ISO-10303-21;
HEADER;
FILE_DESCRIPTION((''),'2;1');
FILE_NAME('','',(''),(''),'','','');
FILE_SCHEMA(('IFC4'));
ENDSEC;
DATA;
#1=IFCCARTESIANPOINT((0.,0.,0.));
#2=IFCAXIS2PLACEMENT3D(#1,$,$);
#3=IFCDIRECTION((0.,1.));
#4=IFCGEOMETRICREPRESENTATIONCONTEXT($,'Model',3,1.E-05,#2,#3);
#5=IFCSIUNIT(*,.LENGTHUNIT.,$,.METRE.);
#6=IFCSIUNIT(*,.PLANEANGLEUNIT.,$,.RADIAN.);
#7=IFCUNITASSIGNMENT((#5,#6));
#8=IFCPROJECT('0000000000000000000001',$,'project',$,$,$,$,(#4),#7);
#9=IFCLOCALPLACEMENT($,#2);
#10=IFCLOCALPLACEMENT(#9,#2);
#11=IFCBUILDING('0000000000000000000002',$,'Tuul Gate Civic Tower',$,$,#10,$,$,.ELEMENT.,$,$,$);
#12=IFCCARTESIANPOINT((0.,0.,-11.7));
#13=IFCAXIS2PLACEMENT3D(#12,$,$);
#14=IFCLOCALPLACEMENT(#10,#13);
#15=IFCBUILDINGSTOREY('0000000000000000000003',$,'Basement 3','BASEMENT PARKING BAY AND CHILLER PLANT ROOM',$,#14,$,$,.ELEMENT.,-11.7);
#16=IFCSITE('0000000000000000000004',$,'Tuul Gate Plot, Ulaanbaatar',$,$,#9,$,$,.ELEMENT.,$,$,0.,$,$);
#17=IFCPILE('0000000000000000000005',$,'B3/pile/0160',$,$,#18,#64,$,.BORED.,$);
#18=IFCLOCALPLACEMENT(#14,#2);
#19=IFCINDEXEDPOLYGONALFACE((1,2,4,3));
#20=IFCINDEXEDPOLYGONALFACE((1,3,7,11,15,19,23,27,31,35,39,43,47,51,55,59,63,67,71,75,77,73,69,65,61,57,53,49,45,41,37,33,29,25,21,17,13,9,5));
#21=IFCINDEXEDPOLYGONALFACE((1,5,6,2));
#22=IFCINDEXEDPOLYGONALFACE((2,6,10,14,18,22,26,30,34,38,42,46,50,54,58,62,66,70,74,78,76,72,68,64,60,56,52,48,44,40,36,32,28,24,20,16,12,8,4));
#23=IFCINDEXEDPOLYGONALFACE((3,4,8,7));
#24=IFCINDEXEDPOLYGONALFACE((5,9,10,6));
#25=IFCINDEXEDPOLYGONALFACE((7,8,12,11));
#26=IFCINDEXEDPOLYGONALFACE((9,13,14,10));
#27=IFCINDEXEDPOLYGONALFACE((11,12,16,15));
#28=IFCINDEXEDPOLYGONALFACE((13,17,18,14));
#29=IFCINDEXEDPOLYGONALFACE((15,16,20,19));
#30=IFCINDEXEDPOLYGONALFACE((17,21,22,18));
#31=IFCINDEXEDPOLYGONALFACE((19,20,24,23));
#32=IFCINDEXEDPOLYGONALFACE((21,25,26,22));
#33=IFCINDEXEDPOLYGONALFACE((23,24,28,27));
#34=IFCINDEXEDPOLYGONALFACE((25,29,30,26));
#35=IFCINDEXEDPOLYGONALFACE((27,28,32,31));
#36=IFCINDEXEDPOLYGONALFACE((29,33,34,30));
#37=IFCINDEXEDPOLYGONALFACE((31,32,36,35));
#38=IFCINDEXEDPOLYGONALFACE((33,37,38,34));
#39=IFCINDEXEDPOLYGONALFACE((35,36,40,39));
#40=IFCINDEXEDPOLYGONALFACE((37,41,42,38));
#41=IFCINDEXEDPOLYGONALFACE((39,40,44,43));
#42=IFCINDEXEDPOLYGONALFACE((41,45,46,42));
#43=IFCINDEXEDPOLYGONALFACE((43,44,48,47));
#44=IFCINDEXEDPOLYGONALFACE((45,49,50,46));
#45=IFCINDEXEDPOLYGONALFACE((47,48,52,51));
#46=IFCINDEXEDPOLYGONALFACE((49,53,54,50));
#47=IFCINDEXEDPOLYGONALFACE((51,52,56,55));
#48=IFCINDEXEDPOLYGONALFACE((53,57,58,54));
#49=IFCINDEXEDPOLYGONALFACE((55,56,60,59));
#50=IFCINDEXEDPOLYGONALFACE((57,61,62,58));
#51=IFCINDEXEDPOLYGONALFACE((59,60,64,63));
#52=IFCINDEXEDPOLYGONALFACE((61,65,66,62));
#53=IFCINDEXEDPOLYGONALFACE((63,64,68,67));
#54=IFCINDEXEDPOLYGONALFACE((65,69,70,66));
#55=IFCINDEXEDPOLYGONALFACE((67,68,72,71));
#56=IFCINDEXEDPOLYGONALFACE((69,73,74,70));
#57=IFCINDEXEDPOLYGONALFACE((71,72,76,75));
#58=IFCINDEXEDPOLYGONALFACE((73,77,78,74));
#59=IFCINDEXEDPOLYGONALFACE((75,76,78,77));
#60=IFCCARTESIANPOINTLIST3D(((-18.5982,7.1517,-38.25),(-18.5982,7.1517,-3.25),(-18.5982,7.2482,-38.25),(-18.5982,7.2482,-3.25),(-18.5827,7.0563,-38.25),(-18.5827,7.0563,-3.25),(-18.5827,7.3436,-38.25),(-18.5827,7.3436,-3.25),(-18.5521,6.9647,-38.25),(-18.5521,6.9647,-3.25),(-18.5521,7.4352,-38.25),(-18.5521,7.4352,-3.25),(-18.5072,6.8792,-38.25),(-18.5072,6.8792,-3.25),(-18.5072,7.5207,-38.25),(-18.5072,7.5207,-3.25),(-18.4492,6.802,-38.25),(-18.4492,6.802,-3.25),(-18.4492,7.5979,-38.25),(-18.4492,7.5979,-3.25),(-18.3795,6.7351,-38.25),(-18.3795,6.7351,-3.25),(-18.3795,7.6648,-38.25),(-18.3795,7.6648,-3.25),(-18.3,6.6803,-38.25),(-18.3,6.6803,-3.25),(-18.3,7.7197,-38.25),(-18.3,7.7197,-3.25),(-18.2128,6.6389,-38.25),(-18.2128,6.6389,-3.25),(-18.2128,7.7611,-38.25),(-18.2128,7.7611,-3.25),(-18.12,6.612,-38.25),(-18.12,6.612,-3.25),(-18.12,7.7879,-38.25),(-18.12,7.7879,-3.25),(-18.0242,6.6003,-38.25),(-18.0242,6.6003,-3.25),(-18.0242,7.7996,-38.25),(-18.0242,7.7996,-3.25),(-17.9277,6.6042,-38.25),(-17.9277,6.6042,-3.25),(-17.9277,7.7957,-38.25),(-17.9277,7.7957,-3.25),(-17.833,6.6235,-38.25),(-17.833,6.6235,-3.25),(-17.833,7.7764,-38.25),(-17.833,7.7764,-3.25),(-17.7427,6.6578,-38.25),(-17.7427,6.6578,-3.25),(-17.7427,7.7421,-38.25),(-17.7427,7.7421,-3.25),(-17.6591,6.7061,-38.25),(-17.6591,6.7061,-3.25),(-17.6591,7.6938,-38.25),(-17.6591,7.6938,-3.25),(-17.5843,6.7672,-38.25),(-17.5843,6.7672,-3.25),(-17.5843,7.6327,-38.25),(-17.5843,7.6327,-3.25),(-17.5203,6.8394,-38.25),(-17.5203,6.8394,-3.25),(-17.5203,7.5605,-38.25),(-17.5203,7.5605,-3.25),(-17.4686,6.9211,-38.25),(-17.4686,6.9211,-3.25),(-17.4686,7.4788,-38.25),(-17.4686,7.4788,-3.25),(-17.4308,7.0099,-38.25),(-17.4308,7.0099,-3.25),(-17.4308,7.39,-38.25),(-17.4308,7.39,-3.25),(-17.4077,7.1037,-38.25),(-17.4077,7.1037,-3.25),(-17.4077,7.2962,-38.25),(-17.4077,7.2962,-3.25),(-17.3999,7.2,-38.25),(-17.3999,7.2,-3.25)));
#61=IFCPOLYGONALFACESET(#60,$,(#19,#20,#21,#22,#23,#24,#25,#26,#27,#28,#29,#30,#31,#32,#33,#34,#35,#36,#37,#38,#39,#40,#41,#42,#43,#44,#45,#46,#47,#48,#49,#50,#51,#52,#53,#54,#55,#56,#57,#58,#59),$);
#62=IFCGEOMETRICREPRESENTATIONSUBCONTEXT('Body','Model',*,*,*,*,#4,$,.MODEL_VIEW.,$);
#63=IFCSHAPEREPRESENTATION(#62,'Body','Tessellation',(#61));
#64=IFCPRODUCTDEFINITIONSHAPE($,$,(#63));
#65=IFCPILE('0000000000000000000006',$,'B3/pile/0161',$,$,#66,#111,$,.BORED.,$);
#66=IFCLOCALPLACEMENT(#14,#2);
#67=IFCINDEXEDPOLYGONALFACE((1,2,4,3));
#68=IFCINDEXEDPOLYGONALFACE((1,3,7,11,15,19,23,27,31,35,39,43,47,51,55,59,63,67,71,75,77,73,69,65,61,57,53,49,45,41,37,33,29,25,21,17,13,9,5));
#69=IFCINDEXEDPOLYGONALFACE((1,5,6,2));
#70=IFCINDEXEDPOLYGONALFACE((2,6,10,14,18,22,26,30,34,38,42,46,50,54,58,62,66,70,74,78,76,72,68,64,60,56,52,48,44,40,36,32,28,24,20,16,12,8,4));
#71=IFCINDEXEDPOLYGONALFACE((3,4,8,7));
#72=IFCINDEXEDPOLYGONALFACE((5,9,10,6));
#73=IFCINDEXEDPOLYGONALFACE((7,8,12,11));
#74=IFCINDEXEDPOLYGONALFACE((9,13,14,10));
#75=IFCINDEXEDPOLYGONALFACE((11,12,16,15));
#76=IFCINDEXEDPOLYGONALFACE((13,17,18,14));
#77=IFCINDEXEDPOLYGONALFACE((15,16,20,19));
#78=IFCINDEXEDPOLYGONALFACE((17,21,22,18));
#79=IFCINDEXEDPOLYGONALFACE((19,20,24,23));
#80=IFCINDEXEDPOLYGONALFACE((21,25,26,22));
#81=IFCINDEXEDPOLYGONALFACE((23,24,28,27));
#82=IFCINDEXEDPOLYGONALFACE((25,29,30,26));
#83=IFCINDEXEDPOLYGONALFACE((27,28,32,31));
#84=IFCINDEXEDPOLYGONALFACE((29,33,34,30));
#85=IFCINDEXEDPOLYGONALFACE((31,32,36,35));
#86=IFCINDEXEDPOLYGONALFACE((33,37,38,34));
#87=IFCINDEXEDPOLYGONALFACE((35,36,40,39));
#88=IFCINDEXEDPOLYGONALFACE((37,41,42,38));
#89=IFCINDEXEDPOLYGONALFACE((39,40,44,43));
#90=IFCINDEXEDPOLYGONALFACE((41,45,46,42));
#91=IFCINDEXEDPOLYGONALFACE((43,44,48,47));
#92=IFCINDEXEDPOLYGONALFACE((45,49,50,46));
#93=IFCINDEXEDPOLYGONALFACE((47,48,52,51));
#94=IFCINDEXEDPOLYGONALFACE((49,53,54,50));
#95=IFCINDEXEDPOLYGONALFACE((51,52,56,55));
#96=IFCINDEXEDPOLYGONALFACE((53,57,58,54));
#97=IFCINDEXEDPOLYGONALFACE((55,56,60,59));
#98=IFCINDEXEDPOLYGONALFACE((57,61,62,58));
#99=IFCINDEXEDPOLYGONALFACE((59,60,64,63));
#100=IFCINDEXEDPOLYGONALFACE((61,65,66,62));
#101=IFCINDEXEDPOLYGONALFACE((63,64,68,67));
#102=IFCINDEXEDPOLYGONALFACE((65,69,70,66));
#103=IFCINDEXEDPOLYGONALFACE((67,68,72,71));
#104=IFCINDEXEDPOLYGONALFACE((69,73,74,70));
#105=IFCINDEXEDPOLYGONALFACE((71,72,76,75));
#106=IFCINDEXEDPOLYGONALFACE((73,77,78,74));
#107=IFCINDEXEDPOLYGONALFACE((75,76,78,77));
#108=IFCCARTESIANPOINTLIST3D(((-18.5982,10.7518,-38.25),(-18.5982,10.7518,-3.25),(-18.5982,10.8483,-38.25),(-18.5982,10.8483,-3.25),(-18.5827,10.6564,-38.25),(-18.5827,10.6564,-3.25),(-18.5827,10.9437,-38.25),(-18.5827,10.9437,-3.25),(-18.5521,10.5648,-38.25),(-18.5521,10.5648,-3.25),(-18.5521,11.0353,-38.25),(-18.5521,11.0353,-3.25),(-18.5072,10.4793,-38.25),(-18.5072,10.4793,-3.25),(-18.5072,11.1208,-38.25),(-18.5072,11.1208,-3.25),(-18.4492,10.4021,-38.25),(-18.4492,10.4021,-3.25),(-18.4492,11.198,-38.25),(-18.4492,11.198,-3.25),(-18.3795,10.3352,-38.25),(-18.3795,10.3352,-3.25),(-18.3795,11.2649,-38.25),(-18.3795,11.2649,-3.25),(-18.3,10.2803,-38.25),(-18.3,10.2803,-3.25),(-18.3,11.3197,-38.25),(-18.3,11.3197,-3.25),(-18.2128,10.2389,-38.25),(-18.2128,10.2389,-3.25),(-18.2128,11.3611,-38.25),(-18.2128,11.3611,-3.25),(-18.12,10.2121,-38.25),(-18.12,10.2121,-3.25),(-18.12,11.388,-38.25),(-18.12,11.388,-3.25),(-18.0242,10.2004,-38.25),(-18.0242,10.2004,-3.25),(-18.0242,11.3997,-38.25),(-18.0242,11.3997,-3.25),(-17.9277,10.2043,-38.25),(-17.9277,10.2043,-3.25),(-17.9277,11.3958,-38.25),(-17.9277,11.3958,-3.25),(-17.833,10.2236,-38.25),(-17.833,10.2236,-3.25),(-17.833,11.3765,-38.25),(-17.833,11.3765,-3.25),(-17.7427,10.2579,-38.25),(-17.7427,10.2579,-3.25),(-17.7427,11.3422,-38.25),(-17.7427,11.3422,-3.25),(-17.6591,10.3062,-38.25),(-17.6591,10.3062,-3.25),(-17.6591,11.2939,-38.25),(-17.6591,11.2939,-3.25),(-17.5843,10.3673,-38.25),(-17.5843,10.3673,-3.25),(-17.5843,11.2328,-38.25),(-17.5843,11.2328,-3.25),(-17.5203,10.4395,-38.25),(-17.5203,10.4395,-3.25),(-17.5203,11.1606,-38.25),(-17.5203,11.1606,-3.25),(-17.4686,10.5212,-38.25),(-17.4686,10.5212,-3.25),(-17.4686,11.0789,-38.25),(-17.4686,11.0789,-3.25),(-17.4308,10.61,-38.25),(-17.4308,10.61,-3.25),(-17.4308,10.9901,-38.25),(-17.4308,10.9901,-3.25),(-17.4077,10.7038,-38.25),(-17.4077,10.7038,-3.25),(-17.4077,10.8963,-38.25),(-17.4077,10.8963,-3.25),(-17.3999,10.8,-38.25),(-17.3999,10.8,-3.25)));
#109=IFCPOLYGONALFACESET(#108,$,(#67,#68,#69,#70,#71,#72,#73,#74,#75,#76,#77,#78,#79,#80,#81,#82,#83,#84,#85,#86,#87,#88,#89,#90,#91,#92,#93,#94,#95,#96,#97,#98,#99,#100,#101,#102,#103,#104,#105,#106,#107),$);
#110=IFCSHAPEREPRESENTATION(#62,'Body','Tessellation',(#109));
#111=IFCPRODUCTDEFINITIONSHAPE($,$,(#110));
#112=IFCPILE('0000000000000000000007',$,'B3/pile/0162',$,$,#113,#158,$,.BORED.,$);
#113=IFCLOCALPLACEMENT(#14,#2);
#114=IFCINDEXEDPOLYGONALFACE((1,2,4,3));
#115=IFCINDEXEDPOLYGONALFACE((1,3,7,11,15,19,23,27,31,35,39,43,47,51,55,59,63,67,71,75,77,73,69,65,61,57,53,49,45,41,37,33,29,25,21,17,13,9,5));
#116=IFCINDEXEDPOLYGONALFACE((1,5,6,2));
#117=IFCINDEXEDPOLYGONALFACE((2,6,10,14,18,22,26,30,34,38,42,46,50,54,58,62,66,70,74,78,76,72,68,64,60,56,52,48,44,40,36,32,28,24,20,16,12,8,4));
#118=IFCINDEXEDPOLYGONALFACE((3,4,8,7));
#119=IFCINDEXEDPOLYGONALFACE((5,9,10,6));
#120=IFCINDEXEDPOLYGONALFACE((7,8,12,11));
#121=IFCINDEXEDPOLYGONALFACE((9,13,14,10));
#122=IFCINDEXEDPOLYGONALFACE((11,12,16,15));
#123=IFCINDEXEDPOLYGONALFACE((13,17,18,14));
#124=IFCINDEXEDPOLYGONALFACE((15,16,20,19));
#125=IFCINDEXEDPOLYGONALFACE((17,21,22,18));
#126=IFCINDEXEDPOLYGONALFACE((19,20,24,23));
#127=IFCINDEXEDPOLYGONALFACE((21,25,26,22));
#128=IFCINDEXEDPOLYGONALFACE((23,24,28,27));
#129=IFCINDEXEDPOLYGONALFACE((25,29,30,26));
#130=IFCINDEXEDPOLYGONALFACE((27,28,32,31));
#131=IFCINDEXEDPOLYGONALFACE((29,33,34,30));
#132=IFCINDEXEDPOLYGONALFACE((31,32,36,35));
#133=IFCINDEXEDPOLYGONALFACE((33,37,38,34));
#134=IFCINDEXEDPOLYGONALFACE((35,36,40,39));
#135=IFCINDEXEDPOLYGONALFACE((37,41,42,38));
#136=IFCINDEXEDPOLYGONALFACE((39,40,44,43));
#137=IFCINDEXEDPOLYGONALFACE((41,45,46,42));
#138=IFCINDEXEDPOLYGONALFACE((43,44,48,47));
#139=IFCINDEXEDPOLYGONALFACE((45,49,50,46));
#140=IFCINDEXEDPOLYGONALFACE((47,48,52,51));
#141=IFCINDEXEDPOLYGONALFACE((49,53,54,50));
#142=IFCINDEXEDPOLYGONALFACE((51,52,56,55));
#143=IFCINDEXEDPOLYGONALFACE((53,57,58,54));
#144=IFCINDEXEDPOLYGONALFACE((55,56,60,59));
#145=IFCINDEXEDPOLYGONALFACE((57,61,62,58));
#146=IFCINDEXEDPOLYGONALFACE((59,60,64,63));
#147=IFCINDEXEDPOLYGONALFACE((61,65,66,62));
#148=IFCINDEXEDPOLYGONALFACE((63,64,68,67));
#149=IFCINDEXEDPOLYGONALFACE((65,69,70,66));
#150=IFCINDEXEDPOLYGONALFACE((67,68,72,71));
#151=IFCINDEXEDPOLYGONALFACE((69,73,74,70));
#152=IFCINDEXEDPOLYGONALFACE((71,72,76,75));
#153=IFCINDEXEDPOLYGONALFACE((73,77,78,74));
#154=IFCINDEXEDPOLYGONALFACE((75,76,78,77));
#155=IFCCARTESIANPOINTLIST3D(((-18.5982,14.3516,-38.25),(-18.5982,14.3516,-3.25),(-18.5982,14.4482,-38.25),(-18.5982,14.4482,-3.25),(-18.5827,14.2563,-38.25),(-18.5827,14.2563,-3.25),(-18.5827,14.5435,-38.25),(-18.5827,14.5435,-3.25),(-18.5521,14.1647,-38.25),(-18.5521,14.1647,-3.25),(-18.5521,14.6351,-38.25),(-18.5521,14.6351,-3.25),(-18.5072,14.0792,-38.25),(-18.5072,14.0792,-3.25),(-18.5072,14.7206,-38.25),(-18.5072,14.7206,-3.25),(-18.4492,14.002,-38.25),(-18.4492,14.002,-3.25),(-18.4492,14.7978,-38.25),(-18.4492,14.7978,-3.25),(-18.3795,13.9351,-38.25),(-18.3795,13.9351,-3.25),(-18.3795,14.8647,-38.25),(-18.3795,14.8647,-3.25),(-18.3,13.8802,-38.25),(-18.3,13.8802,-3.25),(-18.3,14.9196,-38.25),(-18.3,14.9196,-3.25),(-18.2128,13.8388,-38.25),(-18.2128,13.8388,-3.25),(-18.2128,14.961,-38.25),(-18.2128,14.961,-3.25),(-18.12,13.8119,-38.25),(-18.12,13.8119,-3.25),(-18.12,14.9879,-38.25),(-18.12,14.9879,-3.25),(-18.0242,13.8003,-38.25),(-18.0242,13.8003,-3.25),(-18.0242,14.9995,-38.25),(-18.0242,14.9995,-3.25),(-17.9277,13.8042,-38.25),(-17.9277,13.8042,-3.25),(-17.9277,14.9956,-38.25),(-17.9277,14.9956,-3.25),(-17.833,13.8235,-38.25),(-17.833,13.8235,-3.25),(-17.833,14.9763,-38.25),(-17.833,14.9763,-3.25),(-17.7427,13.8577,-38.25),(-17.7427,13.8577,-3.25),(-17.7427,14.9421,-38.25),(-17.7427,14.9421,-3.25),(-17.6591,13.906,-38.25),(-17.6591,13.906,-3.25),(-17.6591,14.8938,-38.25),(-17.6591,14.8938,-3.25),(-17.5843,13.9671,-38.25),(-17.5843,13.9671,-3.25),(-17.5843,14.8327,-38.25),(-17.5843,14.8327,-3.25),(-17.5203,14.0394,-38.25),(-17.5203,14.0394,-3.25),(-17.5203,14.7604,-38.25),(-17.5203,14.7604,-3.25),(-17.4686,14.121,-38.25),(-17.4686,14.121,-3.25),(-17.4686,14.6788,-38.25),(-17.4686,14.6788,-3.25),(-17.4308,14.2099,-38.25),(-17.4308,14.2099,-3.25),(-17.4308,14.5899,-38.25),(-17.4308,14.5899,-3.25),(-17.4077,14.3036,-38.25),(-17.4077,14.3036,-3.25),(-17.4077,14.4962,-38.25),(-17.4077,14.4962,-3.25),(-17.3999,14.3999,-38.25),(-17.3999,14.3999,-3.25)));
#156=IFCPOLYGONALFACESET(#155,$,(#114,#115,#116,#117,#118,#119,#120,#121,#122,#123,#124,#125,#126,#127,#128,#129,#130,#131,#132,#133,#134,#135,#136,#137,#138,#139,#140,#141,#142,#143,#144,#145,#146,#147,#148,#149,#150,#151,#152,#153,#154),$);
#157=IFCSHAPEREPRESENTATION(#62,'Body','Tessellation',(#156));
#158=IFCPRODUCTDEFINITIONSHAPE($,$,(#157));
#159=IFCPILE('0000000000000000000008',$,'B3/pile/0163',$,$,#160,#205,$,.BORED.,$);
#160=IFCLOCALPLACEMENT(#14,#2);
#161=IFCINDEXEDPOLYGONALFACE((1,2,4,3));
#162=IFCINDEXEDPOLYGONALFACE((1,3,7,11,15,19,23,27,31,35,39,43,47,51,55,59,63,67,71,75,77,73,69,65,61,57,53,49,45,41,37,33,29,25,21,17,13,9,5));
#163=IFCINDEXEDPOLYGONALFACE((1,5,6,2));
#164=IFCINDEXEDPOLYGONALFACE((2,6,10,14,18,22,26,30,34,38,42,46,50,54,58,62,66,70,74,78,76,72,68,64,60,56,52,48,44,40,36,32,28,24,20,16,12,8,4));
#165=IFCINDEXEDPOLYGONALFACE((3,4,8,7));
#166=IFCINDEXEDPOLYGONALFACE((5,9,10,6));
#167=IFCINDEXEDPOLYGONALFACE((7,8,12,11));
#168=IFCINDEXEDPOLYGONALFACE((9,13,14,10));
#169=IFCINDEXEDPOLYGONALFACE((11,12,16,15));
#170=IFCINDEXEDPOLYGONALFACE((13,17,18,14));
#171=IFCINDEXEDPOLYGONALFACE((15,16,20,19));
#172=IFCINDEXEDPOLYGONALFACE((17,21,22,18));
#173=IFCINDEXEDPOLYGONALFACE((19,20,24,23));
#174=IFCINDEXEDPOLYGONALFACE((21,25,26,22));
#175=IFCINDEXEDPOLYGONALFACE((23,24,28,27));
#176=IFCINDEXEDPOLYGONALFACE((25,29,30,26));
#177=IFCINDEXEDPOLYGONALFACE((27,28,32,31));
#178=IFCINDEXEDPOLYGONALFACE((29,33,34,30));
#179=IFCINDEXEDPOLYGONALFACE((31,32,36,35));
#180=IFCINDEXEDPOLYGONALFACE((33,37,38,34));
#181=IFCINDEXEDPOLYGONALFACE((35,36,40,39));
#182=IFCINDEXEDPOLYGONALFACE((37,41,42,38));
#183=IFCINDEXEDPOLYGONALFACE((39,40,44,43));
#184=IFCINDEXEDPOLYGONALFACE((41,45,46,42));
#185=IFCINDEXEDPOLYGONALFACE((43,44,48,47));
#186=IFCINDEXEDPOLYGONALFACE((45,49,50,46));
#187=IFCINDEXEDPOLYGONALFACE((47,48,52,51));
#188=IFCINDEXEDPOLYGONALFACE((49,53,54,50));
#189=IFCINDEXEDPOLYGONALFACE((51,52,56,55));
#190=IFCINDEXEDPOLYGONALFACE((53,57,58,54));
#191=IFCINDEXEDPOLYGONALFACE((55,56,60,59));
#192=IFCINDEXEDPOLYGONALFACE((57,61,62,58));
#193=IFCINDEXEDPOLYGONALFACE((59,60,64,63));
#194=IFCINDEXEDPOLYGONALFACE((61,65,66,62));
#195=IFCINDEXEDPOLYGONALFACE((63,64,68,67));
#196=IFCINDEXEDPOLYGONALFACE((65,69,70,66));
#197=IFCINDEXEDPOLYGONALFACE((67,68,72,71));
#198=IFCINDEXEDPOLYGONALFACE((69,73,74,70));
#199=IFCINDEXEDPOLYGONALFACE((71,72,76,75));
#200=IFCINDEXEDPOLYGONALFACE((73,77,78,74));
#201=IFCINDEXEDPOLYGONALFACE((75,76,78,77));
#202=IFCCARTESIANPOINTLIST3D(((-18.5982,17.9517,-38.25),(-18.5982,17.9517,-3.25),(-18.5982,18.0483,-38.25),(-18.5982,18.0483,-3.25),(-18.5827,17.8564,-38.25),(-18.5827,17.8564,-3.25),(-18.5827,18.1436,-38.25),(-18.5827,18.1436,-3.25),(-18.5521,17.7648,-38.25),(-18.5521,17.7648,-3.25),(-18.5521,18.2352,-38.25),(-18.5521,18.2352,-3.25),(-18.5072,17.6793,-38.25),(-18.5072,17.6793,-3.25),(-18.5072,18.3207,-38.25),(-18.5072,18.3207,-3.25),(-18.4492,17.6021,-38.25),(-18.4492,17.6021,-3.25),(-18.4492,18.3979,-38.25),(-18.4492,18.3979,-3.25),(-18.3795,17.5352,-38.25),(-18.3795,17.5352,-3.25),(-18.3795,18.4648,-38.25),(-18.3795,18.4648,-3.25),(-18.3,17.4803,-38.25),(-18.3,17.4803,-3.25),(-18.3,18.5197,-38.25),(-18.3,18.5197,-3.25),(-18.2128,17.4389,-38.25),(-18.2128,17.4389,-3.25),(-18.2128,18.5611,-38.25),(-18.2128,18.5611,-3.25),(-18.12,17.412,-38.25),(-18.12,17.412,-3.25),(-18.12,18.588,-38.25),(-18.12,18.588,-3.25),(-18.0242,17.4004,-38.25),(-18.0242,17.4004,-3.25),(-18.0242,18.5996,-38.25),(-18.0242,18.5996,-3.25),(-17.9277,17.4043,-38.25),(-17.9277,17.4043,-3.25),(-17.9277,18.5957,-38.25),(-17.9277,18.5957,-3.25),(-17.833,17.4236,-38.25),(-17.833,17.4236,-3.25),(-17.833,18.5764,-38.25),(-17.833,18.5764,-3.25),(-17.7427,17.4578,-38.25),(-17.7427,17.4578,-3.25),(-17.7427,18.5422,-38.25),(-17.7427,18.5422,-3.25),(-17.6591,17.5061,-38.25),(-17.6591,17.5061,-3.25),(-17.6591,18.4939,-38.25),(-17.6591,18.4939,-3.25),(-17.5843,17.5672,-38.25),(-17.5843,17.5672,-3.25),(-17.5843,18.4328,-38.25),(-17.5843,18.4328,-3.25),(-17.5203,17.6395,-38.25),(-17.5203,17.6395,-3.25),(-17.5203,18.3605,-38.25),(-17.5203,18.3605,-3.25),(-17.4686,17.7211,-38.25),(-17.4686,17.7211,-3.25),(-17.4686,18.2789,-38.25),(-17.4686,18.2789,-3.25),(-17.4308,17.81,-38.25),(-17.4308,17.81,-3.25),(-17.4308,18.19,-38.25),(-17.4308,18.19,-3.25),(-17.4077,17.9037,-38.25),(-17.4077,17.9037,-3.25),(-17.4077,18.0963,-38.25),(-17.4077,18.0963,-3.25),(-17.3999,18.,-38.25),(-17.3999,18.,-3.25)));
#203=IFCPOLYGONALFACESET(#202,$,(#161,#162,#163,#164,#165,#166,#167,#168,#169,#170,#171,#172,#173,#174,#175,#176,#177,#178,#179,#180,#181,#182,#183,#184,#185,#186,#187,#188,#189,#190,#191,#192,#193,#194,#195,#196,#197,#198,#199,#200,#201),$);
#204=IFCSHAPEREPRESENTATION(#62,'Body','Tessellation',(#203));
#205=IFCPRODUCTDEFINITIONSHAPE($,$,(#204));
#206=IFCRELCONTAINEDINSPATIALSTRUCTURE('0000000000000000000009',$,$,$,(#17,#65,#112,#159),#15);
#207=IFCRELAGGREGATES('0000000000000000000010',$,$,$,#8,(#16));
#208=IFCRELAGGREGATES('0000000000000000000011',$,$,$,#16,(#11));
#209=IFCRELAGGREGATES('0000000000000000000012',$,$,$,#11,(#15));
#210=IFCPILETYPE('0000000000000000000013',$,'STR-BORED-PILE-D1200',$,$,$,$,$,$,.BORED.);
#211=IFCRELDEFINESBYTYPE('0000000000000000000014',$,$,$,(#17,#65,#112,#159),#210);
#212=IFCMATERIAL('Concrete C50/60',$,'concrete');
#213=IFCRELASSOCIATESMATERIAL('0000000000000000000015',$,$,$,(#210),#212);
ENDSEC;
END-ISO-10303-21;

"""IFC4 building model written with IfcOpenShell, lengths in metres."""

from ifc_helpers import new_model, si_unit, direction, frame, origin, origin_2d, place, context, subcontext, project, spatial, circle, extrude, material, material_profile, profile_set, type_object, element, save


model = new_model("IFC4")

# Units and contexts
model_context = context("Model", 3, precision=1e-05, world=origin(), true_north=direction((0.0, 1.0)))
body_context = subcontext(model_context, "Body", "Model", "MODEL_VIEW")
ifc_project = project(units=[si_unit("LENGTHUNIT", "METRE"), si_unit("PLANEANGLEUNIT", "RADIAN")], contexts=[model_context])

# Site, building, storey
site_placement = place(None, origin())
site = spatial("IfcSite", under=ifc_project, at=site_placement, Name="Tuul Gate Plot, Ulaanbaatar", CompositionType="ELEMENT", RefElevation=0.0)
building_placement = place(site_placement, origin())
building = spatial("IfcBuilding", under=site, at=building_placement, Name="Tuul Gate Civic Tower", CompositionType="ELEMENT")
storey_placement = place(building_placement, frame((0.0, 0.0, -11.7)))
storey = spatial("IfcBuildingStorey", under=building, at=storey_placement, Name="Basement 3", Description="BASEMENT PARKING BAY AND CHILLER PLANT ROOM", CompositionType="ELEMENT", Elevation=-11.7)

# Piles
ifc_material_1 = material(Name="Concrete C50/60", Category="concrete")
ifc_material_profile_1 = material_profile(ifc_material_1, circle(Radius=0.6001, at=origin_2d()), Name="PILE1200")
ifc_profile_set_1 = profile_set([ifc_material_profile_1], Name="Concrete C50/60")
pile_type = type_object("IfcPileType", Name="STR-BORED-PILE-D1200", PredefinedType="BORED", material=ifc_profile_set_1)
for number, where, z_axis, x_axis, name in (
    (1, (-18.0, 7.2, -3.25), (0.0, 0.0, -1.0), (1.0, 0.0, 0.0), "B3/pile/0160"),
    (2, (-18.0, 10.8, -3.25), (0.0, 0.0, -1.0), (1.0, 0.0, 0.0), "B3/pile/0161"),
    (3, (-18.0, 14.3999, -3.25), (0.0, 0.0, -1.0), (1.0, 0.0, 0.0), "B3/pile/0162"),
    (4, (-18.0, 18.0, -3.25), (0.0, 0.0, -1.0), (1.0, 0.0, 0.0), "B3/pile/0163"),
):
    element("IfcPile", number, at=place(storey_placement, frame(where, z_axis=z_axis, x_axis=x_axis)), inside=storey, type_object=pile_type, Name=name, PredefinedType="BORED", context=body_context, shape_type="SweptSolid", body=[
        extrude(circle(Radius=0.6001, at=origin_2d()), origin(), (0.0, 0.0, 1.0), 35.0),
    ])

save(model, "model.ifc")
